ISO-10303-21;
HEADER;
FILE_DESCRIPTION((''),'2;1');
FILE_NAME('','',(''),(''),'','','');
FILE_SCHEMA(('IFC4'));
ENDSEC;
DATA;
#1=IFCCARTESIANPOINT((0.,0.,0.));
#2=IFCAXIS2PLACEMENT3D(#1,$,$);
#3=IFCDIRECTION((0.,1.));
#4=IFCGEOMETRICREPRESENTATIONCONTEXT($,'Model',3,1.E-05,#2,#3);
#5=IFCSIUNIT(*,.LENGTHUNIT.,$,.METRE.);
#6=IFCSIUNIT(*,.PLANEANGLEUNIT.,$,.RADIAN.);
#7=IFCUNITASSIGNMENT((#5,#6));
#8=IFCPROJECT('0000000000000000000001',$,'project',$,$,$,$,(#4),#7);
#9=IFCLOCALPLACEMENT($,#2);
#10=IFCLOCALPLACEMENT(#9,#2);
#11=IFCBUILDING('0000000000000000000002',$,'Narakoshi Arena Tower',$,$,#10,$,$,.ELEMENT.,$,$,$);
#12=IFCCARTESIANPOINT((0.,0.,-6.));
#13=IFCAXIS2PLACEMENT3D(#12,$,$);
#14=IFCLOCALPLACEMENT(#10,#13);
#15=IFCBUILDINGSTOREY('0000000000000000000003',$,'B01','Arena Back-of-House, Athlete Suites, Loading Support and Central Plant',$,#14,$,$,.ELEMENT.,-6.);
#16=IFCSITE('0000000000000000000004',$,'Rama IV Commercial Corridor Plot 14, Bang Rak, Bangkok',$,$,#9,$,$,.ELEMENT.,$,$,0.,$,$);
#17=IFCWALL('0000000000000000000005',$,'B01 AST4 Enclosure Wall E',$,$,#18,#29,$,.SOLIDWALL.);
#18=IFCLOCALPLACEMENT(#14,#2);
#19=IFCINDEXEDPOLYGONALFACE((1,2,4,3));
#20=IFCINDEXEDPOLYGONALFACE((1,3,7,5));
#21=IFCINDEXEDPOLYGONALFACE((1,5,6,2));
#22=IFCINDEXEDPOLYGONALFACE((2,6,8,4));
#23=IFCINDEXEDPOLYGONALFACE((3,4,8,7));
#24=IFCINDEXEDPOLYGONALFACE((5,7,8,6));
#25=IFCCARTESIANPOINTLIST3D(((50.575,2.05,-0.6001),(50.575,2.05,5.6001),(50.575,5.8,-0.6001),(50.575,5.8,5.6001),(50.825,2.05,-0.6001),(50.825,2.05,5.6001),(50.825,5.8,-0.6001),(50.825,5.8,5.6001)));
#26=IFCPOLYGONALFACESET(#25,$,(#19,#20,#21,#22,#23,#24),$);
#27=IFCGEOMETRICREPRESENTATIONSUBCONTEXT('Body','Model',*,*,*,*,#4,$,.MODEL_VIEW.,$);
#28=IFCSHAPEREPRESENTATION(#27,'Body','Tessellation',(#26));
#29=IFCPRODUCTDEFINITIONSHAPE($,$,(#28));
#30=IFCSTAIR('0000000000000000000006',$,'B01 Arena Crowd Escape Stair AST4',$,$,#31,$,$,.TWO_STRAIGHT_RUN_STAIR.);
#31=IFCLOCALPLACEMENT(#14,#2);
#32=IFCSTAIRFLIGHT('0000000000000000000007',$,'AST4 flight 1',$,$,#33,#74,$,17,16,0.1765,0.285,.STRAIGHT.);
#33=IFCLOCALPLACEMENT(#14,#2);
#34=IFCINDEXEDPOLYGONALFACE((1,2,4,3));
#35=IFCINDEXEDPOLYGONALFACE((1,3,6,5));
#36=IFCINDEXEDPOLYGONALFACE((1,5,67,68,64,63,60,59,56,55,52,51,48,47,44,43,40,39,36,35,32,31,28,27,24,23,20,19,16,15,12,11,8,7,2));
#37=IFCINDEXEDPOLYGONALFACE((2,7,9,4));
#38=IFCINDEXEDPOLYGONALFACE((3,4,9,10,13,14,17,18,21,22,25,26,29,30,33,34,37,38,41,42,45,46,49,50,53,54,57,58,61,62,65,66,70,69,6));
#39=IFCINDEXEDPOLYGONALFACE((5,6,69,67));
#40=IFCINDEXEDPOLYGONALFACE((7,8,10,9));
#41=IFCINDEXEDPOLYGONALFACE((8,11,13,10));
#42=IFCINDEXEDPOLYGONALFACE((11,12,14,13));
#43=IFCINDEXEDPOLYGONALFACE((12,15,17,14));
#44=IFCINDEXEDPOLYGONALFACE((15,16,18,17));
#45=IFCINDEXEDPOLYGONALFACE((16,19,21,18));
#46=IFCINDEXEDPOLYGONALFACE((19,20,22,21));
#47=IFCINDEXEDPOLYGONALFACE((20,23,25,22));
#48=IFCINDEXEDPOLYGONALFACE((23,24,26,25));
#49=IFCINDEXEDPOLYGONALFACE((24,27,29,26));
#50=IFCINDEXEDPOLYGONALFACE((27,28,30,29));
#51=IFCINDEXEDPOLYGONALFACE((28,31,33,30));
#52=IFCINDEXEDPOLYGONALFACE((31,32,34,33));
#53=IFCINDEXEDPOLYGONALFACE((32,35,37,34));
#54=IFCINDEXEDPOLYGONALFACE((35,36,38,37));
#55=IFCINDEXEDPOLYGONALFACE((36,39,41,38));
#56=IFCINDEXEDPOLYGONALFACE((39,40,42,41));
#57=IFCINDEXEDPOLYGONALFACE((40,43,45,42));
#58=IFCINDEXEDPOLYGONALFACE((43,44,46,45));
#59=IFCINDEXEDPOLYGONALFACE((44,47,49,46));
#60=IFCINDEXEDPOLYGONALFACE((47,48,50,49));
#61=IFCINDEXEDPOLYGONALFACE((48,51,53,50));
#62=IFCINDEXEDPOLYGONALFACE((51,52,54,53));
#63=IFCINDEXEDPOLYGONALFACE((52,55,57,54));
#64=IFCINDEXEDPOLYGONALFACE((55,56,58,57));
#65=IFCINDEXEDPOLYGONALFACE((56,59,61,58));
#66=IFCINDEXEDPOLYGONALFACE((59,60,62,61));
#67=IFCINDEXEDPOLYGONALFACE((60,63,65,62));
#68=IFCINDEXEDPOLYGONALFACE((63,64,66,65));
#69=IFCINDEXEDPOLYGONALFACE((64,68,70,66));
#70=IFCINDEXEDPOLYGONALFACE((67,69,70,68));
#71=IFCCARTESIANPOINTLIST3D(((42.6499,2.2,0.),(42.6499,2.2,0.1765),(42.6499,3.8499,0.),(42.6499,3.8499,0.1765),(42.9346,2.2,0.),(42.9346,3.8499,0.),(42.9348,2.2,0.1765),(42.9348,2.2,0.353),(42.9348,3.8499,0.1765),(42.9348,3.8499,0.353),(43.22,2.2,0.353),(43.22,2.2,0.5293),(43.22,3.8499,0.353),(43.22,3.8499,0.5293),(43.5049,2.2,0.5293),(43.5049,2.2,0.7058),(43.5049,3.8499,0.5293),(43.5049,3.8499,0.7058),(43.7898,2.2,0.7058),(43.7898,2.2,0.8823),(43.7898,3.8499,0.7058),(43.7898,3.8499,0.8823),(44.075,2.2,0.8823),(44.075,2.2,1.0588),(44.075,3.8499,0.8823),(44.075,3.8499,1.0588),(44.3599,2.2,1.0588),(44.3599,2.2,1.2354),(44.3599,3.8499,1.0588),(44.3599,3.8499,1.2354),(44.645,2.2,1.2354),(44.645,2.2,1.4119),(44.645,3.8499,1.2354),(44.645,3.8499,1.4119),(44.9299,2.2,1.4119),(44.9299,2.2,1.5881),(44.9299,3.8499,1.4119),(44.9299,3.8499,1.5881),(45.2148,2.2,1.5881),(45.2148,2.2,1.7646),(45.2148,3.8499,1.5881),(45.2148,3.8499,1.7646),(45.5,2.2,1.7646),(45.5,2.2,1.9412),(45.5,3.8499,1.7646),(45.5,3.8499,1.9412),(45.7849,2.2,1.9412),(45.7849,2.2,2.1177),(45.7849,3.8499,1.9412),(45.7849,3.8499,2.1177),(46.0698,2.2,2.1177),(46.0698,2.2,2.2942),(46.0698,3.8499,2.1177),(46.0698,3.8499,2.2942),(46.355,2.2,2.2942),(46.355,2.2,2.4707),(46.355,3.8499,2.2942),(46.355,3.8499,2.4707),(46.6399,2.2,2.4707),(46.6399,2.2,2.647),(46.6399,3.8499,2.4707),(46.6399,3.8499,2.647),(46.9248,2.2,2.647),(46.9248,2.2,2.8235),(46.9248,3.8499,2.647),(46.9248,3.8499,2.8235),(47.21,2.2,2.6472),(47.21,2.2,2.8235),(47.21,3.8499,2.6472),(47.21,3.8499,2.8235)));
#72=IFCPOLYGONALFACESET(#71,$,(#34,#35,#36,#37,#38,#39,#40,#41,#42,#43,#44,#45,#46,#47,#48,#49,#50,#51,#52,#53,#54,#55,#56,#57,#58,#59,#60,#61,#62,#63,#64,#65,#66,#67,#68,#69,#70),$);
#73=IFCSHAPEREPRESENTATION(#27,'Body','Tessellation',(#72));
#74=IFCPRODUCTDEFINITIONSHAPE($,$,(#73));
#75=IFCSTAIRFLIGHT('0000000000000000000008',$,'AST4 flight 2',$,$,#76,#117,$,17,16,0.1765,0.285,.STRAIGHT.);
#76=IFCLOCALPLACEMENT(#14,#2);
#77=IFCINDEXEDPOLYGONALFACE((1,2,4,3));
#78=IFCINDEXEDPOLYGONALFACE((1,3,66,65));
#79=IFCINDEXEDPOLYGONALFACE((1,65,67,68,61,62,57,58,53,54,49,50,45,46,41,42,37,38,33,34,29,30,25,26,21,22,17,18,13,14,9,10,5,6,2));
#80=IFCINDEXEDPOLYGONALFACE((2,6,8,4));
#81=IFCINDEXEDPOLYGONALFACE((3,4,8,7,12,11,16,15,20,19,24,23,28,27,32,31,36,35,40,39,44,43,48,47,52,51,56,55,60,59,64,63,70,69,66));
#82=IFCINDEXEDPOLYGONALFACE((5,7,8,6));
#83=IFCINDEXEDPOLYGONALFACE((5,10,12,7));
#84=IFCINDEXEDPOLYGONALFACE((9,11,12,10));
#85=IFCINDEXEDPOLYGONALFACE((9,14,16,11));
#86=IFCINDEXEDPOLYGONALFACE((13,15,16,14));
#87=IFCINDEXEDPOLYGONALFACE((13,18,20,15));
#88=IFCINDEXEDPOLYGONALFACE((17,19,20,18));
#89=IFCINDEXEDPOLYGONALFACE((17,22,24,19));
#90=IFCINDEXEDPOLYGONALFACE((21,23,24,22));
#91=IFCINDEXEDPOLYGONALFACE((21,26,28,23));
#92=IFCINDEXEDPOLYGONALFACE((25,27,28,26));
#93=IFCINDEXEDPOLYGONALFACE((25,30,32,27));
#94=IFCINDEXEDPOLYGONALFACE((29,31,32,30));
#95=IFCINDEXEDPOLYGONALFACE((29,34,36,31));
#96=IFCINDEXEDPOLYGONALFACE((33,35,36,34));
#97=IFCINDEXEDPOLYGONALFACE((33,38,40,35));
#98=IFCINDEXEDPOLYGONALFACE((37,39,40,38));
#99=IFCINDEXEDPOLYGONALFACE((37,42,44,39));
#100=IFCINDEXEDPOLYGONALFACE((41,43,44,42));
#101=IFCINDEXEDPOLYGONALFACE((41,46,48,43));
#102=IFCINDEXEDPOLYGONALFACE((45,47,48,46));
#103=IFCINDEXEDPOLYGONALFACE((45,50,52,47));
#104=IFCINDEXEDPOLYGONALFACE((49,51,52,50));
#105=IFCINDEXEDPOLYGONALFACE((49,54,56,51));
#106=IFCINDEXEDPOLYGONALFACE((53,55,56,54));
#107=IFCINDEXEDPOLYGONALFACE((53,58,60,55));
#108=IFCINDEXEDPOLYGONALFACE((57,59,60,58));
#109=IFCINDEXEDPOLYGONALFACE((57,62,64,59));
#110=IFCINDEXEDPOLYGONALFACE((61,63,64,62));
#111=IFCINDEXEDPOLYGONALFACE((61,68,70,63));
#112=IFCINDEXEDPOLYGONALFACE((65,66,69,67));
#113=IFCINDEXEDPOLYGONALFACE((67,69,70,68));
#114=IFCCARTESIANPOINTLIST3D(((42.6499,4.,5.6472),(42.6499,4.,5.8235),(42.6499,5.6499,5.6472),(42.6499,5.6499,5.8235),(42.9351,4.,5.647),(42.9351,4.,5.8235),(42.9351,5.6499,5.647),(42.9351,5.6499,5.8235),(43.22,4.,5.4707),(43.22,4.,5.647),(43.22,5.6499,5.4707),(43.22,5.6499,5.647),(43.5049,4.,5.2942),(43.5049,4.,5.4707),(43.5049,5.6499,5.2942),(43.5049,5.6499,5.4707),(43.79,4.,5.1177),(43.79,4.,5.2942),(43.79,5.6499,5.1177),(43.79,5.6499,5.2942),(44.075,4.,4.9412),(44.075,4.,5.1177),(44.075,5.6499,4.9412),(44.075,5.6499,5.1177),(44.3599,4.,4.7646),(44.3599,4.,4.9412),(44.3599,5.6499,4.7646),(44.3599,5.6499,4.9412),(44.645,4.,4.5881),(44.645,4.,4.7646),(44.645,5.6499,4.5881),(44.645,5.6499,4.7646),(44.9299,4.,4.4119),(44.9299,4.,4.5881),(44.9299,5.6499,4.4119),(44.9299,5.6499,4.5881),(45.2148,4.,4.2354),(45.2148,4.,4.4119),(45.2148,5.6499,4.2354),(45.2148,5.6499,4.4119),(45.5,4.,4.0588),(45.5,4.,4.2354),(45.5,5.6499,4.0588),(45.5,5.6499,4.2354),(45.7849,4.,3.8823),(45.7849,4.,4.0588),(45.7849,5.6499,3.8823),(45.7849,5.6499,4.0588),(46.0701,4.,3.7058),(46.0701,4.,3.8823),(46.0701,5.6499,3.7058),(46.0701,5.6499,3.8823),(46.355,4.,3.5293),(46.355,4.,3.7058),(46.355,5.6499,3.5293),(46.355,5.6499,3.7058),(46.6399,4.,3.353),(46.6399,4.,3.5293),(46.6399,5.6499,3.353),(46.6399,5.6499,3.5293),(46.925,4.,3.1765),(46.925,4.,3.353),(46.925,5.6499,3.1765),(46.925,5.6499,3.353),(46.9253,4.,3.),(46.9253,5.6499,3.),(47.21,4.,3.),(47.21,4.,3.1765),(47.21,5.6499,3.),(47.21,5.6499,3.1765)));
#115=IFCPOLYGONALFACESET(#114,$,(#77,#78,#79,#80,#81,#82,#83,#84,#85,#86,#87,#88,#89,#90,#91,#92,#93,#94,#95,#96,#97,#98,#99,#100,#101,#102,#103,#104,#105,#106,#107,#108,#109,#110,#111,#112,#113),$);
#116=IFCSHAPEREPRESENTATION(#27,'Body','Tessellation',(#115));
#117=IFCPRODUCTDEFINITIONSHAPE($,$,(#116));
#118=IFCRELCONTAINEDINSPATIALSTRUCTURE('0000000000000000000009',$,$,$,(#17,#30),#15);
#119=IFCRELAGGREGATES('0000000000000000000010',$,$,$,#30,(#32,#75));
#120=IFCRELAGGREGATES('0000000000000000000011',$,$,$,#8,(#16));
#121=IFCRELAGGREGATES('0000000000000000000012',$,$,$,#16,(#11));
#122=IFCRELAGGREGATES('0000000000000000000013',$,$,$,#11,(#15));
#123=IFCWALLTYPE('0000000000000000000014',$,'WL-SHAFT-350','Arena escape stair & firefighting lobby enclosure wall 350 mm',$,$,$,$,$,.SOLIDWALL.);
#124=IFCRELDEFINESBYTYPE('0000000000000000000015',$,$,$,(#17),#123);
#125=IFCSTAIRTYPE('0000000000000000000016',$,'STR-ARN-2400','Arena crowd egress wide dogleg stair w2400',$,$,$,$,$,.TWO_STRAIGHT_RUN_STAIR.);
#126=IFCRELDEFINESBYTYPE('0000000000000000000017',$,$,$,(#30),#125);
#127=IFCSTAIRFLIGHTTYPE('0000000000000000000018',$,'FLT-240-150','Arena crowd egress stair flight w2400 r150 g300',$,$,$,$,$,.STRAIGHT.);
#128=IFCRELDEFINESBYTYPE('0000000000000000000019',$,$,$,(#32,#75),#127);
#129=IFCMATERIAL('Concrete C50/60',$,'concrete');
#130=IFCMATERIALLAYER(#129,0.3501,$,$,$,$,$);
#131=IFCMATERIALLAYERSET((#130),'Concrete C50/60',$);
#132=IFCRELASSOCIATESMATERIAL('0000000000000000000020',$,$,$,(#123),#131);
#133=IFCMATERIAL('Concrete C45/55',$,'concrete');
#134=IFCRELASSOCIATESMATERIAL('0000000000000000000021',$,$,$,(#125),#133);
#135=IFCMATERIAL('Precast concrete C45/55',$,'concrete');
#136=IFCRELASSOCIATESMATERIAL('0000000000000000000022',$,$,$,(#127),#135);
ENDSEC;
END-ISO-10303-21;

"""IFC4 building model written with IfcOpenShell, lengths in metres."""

from ifc_helpers import new_model, si_unit, direction, frame, frame_2d, origin, place, context, subcontext, project, spatial, polyline, rectangle, outline, extrude, material, layer, layer_set, type_object, element, aggregate, save


model = new_model("IFC4")

# Units and contexts
model_context = context("Model", 3, precision=1e-05, world=origin(), true_north=direction((0.0, 1.0)))
body_context = subcontext(model_context, "Body", "Model", "MODEL_VIEW")
ifc_project = project(units=[si_unit("LENGTHUNIT", "METRE"), si_unit("PLANEANGLEUNIT", "RADIAN")], contexts=[model_context])

# Site, building, storey
site_placement = place(None, origin())
site = spatial("IfcSite", under=ifc_project, at=site_placement, Name="Rama IV Commercial Corridor Plot 14, Bang Rak, Bangkok", CompositionType="ELEMENT", RefElevation=0.0)
building_placement = place(site_placement, origin())
building = spatial("IfcBuilding", under=site, at=building_placement, Name="Narakoshi Arena Tower", CompositionType="ELEMENT")
storey_placement = place(building_placement, frame((0.0, 0.0, -6.0)))
storey = spatial("IfcBuildingStorey", under=building, at=storey_placement, Name="B01", Description="Arena Back-of-House, Athlete Suites, Loading Support and Central Plant", CompositionType="ELEMENT", Elevation=-6.0)

# Shared definitions
ifc_material_1 = material(Name="Concrete C45/55", Category="concrete")

# Wall
ifc_material_2 = material(Name="Concrete C50/60", Category="concrete")
ifc_layer_1 = layer(ifc_material_2, 0.3501)
ifc_layer_set_1 = layer_set([ifc_layer_1], Name="Concrete C50/60")
wall_type = type_object("IfcWallType", Name="WL-SHAFT-350", Description="Arena escape stair & firefighting lobby enclosure wall 350 mm", PredefinedType="SOLIDWALL", material=ifc_layer_set_1)
wall_placement = place(storey_placement, frame((50.7, 2.05, -0.6001), z_axis=(0.0, 0.0, 1.0), x_axis=(0.0, 1.0, 0.0)))
element("IfcWall", 1, at=wall_placement, inside=storey, type_object=wall_type, Name="B01 AST4 Enclosure Wall E", PredefinedType="SOLIDWALL", context=body_context, shape_type="SweptSolid", body=[
    extrude(rectangle(XDim=3.75, YDim=0.25, at=frame_2d((1.875, 0.0))), origin(), (0.0, 0.0, 1.0), 6.2002),
])

# Stair, stair flights
stair_type = type_object("IfcStairType", Name="STR-ARN-2400", Description="Arena crowd egress wide dogleg stair w2400", PredefinedType="TWO_STRAIGHT_RUN_STAIR", material=ifc_material_1)
stair_placement = place(storey_placement, origin())
stair = element("IfcStair", 2, at=stair_placement, inside=storey, type_object=stair_type, Name="B01 Arena Crowd Escape Stair AST4", PredefinedType="TWO_STRAIGHT_RUN_STAIR")
ifc_material_3 = material(Name="Precast concrete C45/55", Category="concrete")
stair_flight_type = type_object("IfcStairFlightType", Name="FLT-240-150", Description="Arena crowd egress stair flight w2400 r150 g300", PredefinedType="STRAIGHT", material=ifc_material_3)
stair_flight_1_placement = place(storey_placement, frame((42.6499, 3.0249, 0.0), z_axis=(0.0, 0.0, 1.0), x_axis=(1.0, 0.0, 0.0)))
stair_flight_1 = element("IfcStairFlight", 3, at=stair_flight_1_placement, type_object=stair_flight_type, Name="AST4 flight 1", NumberOfRisers=17, NumberOfTreads=16, PredefinedType="STRAIGHT", RiserHeight=0.1765, TreadLength=0.285, context=body_context, shape_type="SweptSolid", body=[
    extrude(outline(polyline([(0.0, 0.0), (0.0, 0.1765), (0.2849, 0.1765), (0.2849, 0.353), (0.5701, 0.353), (0.5701, 0.5293), (0.855, 0.5293), (0.855, 0.7058), (1.1399, 0.7058), (1.1399, 0.8823), (1.425, 0.8823), (1.425, 1.0588), (1.71, 1.0588), (1.71, 1.2354), (1.9951, 1.2354), (1.9951, 1.4119), (2.28, 1.4119), (2.28, 1.5881), (2.5649, 1.5881), (2.5649, 1.7646), (2.8501, 1.7646), (2.8501, 1.9412), (3.135, 1.9412), (3.135, 2.1177), (3.4199, 2.1177), (3.4199, 2.2942), (3.7051, 2.2942), (3.7051, 2.4707), (3.99, 2.4707), (3.99, 2.647), (4.2749, 2.647), (4.2749, 2.8235), (4.5601, 2.8235), (4.5601, 3.0), (4.5601, 2.6472), (0.2847, 0.0), (0.0, 0.0)])), frame((0.0, 0.825, 0.0), z_axis=(0.0, -1.0, 0.0), x_axis=(1.0, 0.0, 0.0)), (0.0, 0.0, 1.0), 1.6499),
])
stair_flight_2_placement = place(storey_placement, frame((47.21, 4.825, 3.0), z_axis=(0.0, 0.0, 1.0), x_axis=(-1.0, 0.0, 0.0)))
stair_flight_2 = element("IfcStairFlight", 4, at=stair_flight_2_placement, type_object=stair_flight_type, Name="AST4 flight 2", NumberOfRisers=17, NumberOfTreads=16, PredefinedType="STRAIGHT", RiserHeight=0.1765, TreadLength=0.285, context=body_context, shape_type="SweptSolid", body=[
    extrude(outline(polyline([(0.0, 0.0), (0.0, 0.1765), (0.2849, 0.1765), (0.2849, 0.353), (0.5701, 0.353), (0.5701, 0.5293), (0.855, 0.5293), (0.855, 0.7058), (1.1399, 0.7058), (1.1399, 0.8823), (1.425, 0.8823), (1.425, 1.0588), (1.71, 1.0588), (1.71, 1.2354), (1.9951, 1.2354), (1.9951, 1.4119), (2.28, 1.4119), (2.28, 1.5881), (2.5649, 1.5881), (2.5649, 1.7646), (2.8501, 1.7646), (2.8501, 1.9412), (3.135, 1.9412), (3.135, 2.1177), (3.4199, 2.1177), (3.4199, 2.2942), (3.7051, 2.2942), (3.7051, 2.4707), (3.99, 2.4707), (3.99, 2.647), (4.2749, 2.647), (4.2749, 2.8235), (4.5601, 2.8235), (4.5601, 3.0), (4.5601, 2.6472), (0.2847, 0.0), (0.0, 0.0)])), frame((0.0, 0.825, 0.0), z_axis=(0.0, -1.0, 0.0), x_axis=(1.0, 0.0, 0.0)), (0.0, 0.0, 1.0), 1.6499),
])
aggregate(stair, [stair_flight_1, stair_flight_2])

save(model, "model.ifc")
